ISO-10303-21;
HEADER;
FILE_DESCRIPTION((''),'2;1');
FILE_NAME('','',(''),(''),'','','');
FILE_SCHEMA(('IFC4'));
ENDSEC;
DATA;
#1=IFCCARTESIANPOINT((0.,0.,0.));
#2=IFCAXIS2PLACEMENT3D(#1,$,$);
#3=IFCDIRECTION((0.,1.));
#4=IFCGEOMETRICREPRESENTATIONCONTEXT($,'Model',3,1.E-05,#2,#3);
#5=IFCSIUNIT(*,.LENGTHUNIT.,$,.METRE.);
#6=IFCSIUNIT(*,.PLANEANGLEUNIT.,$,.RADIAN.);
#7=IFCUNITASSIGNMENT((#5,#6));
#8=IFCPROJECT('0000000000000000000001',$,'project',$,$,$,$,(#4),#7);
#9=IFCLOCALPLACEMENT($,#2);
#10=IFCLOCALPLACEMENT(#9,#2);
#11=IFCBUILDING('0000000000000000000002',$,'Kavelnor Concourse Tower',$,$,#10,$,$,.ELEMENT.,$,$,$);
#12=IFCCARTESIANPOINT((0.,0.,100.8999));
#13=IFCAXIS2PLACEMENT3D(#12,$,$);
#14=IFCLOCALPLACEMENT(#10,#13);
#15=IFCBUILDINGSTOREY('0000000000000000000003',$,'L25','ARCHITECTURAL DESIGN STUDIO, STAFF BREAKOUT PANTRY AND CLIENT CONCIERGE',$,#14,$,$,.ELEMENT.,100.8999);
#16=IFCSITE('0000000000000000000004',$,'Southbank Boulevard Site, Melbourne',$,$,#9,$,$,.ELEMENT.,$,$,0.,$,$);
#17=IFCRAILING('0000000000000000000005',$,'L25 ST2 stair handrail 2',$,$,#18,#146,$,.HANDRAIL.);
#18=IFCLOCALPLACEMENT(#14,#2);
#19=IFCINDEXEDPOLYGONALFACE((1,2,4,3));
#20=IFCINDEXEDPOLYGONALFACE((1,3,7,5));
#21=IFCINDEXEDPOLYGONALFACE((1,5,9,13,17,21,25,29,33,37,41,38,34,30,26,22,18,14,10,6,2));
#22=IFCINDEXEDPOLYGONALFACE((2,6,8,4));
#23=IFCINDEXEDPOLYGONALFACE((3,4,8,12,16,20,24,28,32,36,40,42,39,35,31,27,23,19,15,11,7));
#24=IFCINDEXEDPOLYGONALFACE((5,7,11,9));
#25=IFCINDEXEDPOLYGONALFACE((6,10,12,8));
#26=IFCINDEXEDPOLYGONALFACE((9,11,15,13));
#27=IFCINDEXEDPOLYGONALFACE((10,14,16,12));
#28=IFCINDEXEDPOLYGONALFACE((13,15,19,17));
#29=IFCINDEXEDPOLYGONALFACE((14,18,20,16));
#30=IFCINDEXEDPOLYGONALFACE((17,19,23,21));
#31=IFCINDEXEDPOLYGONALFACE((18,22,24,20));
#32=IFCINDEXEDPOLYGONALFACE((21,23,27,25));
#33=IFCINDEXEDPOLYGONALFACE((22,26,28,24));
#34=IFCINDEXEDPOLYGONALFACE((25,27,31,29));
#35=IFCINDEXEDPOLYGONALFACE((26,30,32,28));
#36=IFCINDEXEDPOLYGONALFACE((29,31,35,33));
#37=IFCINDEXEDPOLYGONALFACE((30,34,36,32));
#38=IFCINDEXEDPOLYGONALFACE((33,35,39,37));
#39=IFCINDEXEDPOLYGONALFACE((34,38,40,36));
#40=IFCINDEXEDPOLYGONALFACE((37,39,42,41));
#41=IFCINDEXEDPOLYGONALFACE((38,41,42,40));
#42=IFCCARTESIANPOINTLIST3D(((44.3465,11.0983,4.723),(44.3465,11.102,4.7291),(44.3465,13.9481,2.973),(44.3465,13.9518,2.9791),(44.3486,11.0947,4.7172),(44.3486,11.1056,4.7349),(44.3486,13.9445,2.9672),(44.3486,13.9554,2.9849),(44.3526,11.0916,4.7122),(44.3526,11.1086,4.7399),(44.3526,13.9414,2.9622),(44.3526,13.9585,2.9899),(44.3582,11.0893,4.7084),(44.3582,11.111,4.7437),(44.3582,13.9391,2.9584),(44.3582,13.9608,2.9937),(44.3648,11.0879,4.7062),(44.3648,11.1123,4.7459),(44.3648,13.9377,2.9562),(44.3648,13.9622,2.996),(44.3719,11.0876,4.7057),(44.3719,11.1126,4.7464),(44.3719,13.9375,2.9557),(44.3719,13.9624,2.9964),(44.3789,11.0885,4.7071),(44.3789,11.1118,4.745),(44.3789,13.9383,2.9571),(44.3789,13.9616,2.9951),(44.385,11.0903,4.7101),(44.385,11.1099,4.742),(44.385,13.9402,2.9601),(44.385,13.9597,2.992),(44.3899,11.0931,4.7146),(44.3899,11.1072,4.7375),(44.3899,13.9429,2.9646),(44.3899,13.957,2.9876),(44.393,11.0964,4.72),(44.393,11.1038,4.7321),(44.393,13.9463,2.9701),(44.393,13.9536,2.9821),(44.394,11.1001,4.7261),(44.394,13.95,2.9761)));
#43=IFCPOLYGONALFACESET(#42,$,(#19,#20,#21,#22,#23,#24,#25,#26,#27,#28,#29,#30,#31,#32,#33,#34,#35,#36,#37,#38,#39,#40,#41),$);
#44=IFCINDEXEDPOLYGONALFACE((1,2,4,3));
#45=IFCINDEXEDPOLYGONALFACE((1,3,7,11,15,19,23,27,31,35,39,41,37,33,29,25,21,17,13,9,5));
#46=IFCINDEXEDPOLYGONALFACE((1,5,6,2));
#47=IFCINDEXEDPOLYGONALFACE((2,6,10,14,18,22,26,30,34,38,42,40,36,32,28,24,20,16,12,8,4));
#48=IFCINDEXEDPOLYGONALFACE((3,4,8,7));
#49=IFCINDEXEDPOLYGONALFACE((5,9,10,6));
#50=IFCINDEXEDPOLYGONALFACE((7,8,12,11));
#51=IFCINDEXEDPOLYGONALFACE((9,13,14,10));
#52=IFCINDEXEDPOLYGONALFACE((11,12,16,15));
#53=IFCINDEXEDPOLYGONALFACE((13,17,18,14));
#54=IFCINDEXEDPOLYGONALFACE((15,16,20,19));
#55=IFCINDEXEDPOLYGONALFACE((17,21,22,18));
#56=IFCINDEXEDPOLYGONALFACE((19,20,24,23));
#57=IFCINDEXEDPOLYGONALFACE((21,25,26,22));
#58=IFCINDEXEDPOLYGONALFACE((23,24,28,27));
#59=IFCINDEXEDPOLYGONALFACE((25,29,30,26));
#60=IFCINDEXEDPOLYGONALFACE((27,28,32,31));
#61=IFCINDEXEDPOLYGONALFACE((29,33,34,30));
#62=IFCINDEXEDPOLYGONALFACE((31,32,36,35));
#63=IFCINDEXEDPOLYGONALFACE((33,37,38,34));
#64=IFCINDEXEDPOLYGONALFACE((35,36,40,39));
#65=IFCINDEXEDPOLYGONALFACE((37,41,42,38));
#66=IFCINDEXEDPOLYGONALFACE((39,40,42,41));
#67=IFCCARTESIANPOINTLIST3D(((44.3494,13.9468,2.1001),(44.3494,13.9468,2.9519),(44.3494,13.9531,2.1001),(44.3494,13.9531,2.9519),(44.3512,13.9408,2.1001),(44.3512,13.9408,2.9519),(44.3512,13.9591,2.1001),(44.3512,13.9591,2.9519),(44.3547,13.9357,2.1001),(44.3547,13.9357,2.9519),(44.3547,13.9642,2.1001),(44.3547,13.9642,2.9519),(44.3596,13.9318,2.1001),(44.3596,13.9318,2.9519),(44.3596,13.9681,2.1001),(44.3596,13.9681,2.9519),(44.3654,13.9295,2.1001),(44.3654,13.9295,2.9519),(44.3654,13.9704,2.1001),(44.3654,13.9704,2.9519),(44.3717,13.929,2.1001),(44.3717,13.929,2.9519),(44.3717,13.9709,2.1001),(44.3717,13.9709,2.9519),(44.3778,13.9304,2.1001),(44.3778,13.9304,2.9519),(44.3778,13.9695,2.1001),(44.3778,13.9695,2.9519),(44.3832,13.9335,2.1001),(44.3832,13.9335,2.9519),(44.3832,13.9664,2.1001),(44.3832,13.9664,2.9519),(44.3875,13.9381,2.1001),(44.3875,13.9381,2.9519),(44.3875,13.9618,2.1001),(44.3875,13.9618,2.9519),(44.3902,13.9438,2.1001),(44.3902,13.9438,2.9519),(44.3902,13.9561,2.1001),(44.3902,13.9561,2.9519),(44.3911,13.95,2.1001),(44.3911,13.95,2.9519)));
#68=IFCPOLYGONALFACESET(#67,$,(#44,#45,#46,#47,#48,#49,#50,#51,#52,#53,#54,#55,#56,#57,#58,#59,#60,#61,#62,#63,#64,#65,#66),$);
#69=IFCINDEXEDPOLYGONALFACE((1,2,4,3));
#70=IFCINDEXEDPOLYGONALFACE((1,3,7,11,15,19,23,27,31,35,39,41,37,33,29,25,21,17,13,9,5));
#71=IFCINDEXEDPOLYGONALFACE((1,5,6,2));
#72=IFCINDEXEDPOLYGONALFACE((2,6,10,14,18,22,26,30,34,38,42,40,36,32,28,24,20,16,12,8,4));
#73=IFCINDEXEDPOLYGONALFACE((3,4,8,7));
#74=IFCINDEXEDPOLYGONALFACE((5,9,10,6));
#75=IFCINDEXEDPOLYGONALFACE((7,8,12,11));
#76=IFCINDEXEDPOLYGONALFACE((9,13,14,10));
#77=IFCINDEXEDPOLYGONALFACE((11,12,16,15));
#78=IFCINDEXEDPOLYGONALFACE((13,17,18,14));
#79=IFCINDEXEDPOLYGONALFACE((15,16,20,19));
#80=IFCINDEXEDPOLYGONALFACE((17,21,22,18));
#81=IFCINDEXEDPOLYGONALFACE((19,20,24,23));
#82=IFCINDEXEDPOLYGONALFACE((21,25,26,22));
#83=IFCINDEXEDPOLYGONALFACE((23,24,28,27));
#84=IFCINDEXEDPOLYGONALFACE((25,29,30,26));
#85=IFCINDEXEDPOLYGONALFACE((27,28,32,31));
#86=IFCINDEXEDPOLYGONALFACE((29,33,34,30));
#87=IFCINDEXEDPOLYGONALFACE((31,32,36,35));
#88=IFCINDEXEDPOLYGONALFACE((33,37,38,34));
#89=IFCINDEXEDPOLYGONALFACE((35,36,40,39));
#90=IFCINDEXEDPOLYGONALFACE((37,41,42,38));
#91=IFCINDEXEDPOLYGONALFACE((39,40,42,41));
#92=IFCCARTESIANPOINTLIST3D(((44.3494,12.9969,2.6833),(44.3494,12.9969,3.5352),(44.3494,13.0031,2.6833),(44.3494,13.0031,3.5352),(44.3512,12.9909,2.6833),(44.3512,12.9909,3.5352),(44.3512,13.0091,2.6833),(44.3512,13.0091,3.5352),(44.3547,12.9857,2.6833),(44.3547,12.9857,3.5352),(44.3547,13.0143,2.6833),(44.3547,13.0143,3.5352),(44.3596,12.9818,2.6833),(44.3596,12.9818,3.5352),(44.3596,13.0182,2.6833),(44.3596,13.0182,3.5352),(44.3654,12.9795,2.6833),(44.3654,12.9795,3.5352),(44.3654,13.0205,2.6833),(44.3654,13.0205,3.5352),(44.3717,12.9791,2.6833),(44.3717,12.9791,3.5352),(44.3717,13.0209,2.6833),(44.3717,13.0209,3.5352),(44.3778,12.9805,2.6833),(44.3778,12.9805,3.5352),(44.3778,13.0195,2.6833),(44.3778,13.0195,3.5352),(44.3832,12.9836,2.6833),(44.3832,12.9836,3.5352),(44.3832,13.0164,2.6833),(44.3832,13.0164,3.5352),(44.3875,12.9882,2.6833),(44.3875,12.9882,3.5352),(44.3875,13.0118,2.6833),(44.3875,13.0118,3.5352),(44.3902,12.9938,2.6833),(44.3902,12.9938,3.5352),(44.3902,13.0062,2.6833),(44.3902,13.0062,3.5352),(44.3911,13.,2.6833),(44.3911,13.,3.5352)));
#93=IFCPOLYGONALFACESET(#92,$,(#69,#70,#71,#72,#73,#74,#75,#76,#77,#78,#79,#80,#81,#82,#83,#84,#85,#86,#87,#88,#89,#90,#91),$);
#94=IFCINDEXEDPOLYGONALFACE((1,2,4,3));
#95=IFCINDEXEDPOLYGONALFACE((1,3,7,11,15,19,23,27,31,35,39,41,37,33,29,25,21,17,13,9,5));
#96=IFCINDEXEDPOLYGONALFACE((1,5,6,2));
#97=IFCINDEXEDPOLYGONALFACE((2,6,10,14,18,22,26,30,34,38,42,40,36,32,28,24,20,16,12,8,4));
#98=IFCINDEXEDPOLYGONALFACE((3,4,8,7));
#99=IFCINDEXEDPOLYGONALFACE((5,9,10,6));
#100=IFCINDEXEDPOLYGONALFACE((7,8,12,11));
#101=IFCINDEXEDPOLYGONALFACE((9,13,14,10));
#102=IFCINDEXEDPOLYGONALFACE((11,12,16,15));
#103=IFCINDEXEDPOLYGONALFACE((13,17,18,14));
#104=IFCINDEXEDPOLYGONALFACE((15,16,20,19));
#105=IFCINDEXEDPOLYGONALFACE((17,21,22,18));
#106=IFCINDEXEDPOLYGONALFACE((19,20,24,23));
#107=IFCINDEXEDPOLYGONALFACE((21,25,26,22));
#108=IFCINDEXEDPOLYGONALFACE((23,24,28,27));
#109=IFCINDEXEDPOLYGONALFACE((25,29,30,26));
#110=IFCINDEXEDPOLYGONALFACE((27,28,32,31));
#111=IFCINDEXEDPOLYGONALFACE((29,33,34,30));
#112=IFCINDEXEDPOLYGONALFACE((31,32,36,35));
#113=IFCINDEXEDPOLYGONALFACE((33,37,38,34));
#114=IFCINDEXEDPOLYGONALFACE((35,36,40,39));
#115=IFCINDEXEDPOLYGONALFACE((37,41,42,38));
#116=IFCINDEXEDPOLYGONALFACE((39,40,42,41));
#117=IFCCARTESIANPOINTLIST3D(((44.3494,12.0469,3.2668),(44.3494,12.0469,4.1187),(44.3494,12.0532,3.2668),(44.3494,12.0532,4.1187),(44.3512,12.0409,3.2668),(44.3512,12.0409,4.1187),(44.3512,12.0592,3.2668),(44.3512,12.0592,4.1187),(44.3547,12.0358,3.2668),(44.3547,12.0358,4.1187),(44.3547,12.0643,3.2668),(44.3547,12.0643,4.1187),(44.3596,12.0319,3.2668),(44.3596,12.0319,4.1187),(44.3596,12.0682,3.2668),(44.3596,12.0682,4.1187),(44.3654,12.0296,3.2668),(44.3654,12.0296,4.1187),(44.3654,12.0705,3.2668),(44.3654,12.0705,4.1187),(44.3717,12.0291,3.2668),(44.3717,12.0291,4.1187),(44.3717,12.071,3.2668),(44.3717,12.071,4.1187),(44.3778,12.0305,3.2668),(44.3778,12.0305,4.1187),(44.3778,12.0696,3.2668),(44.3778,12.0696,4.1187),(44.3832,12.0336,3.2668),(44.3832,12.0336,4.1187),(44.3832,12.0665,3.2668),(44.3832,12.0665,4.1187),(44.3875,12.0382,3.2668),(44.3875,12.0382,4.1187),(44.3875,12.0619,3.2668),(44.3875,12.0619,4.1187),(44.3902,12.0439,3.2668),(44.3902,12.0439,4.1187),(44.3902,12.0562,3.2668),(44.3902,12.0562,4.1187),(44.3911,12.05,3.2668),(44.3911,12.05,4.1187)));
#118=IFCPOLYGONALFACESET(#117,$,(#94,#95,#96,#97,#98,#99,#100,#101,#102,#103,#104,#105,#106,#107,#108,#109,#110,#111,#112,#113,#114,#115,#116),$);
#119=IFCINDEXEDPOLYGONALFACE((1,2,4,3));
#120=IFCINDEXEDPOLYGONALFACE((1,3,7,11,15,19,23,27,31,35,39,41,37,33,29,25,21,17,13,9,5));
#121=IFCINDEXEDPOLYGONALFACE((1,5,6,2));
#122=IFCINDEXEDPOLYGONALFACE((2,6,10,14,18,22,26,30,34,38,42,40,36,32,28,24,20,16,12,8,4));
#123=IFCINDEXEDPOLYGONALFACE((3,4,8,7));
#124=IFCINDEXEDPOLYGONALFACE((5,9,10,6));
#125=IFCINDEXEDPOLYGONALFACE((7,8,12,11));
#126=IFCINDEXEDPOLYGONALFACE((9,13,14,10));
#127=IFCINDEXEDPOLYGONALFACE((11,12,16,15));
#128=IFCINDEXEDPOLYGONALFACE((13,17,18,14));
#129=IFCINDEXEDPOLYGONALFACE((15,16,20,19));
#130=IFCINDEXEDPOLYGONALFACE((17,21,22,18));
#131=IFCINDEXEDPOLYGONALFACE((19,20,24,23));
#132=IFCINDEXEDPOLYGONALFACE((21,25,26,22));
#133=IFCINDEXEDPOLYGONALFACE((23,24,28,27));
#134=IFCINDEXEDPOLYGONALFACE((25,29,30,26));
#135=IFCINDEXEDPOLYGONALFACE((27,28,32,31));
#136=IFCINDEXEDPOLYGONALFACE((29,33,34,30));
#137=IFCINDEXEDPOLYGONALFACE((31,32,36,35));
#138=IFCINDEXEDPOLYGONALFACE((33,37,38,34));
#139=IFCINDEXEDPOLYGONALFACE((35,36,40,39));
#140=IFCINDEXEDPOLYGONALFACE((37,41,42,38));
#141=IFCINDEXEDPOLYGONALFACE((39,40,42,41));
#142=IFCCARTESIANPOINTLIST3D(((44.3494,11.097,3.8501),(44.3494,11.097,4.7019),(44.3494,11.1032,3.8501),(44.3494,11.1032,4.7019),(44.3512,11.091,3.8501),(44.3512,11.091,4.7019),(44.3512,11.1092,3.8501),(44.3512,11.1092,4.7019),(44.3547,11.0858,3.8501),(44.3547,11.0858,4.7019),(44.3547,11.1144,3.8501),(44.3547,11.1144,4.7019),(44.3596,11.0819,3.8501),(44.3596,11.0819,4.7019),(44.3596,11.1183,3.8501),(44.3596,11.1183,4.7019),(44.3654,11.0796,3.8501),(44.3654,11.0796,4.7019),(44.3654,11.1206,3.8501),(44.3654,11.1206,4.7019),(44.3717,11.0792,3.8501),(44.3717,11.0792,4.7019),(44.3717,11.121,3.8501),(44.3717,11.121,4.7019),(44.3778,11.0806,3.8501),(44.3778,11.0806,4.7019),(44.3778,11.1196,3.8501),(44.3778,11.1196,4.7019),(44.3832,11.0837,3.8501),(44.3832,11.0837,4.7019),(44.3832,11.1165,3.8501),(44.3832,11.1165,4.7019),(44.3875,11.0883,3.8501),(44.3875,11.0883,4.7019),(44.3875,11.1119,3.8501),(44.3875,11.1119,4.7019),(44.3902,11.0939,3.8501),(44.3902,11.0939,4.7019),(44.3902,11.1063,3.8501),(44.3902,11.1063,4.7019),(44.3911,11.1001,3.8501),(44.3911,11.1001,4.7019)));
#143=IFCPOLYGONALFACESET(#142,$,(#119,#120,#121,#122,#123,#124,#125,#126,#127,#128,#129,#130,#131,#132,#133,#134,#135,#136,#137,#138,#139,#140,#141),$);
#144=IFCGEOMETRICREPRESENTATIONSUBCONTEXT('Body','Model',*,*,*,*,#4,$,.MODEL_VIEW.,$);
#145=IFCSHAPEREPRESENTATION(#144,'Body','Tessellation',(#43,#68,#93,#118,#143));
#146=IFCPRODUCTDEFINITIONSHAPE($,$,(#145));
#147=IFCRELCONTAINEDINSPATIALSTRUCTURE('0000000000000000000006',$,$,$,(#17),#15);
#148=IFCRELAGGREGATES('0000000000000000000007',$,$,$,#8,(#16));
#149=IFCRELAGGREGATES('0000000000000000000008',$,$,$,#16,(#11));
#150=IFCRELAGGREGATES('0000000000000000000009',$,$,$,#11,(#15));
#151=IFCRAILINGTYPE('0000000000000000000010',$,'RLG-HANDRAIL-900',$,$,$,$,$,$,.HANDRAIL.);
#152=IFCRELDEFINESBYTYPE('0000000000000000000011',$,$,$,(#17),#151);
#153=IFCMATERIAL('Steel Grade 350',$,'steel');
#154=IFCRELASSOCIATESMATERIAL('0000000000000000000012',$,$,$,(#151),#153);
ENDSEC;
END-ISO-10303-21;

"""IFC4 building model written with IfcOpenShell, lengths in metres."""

from ifc_helpers import new_model, si_unit, direction, frame, origin, origin_2d, place, context, subcontext, project, spatial, circle, extrude, material, type_object, element, save


model = new_model("IFC4")

# Units and contexts
model_context = context("Model", 3, precision=1e-05, world=origin(), true_north=direction((0.0, 1.0)))
body_context = subcontext(model_context, "Body", "Model", "MODEL_VIEW")
ifc_project = project(units=[si_unit("LENGTHUNIT", "METRE"), si_unit("PLANEANGLEUNIT", "RADIAN")], contexts=[model_context])

# Site, building, storey
site_placement = place(None, origin())
site = spatial("IfcSite", under=ifc_project, at=site_placement, Name="Southbank Boulevard Site, Melbourne", CompositionType="ELEMENT", RefElevation=0.0)
building_placement = place(site_placement, origin())
building = spatial("IfcBuilding", under=site, at=building_placement, Name="Kavelnor Concourse Tower", CompositionType="ELEMENT")
storey_placement = place(building_placement, frame((0.0, 0.0, 100.8999)))
storey = spatial("IfcBuildingStorey", under=building, at=storey_placement, Name="L25", Description="ARCHITECTURAL DESIGN STUDIO, STAFF BREAKOUT PANTRY AND CLIENT CONCIERGE", CompositionType="ELEMENT", Elevation=100.8999)

# Shared definitions
ifc_material_1 = material(Name="Steel Grade 350", Category="steel")

# Railing
railing_type_1 = type_object("IfcRailingType", Name="RLG-HANDRAIL-900", PredefinedType="HANDRAIL", material=ifc_material_1)
railing_1_placement = place(storey_placement, frame((44.3701, 13.95, 2.1001)))
element("IfcRailing", 1, at=railing_1_placement, inside=storey, type_object=railing_type_1, Name="L25 ST2 stair handrail 2", PredefinedType="HANDRAIL", context=body_context, shape_type="SweptSolid", body=[
    extrude(circle(Radius=0.0239, at=origin_2d()), frame((0.0, 0.0, 0.876), z_axis=(0.0, -0.852159, 0.523283), x_axis=(1.0, 0.0, 0.0)), (0.0, 0.0, 1.0), 3.3442),
    extrude(circle(Radius=0.021, at=origin_2d()), origin(), (0.0, 0.0, 1.0), 0.8518),
    extrude(circle(Radius=0.021, at=origin_2d()), frame((0.0, -0.95, 0.5833)), (0.0, 0.0, 1.0), 0.8518),
    extrude(circle(Radius=0.021, at=origin_2d()), frame((0.0, -1.8999, 1.1667)), (0.0, 0.0, 1.0), 0.8518),
    extrude(circle(Radius=0.021, at=origin_2d()), frame((0.0, -2.8499, 1.75)), (0.0, 0.0, 1.0), 0.8518),
])

save(model, "model.ifc")
